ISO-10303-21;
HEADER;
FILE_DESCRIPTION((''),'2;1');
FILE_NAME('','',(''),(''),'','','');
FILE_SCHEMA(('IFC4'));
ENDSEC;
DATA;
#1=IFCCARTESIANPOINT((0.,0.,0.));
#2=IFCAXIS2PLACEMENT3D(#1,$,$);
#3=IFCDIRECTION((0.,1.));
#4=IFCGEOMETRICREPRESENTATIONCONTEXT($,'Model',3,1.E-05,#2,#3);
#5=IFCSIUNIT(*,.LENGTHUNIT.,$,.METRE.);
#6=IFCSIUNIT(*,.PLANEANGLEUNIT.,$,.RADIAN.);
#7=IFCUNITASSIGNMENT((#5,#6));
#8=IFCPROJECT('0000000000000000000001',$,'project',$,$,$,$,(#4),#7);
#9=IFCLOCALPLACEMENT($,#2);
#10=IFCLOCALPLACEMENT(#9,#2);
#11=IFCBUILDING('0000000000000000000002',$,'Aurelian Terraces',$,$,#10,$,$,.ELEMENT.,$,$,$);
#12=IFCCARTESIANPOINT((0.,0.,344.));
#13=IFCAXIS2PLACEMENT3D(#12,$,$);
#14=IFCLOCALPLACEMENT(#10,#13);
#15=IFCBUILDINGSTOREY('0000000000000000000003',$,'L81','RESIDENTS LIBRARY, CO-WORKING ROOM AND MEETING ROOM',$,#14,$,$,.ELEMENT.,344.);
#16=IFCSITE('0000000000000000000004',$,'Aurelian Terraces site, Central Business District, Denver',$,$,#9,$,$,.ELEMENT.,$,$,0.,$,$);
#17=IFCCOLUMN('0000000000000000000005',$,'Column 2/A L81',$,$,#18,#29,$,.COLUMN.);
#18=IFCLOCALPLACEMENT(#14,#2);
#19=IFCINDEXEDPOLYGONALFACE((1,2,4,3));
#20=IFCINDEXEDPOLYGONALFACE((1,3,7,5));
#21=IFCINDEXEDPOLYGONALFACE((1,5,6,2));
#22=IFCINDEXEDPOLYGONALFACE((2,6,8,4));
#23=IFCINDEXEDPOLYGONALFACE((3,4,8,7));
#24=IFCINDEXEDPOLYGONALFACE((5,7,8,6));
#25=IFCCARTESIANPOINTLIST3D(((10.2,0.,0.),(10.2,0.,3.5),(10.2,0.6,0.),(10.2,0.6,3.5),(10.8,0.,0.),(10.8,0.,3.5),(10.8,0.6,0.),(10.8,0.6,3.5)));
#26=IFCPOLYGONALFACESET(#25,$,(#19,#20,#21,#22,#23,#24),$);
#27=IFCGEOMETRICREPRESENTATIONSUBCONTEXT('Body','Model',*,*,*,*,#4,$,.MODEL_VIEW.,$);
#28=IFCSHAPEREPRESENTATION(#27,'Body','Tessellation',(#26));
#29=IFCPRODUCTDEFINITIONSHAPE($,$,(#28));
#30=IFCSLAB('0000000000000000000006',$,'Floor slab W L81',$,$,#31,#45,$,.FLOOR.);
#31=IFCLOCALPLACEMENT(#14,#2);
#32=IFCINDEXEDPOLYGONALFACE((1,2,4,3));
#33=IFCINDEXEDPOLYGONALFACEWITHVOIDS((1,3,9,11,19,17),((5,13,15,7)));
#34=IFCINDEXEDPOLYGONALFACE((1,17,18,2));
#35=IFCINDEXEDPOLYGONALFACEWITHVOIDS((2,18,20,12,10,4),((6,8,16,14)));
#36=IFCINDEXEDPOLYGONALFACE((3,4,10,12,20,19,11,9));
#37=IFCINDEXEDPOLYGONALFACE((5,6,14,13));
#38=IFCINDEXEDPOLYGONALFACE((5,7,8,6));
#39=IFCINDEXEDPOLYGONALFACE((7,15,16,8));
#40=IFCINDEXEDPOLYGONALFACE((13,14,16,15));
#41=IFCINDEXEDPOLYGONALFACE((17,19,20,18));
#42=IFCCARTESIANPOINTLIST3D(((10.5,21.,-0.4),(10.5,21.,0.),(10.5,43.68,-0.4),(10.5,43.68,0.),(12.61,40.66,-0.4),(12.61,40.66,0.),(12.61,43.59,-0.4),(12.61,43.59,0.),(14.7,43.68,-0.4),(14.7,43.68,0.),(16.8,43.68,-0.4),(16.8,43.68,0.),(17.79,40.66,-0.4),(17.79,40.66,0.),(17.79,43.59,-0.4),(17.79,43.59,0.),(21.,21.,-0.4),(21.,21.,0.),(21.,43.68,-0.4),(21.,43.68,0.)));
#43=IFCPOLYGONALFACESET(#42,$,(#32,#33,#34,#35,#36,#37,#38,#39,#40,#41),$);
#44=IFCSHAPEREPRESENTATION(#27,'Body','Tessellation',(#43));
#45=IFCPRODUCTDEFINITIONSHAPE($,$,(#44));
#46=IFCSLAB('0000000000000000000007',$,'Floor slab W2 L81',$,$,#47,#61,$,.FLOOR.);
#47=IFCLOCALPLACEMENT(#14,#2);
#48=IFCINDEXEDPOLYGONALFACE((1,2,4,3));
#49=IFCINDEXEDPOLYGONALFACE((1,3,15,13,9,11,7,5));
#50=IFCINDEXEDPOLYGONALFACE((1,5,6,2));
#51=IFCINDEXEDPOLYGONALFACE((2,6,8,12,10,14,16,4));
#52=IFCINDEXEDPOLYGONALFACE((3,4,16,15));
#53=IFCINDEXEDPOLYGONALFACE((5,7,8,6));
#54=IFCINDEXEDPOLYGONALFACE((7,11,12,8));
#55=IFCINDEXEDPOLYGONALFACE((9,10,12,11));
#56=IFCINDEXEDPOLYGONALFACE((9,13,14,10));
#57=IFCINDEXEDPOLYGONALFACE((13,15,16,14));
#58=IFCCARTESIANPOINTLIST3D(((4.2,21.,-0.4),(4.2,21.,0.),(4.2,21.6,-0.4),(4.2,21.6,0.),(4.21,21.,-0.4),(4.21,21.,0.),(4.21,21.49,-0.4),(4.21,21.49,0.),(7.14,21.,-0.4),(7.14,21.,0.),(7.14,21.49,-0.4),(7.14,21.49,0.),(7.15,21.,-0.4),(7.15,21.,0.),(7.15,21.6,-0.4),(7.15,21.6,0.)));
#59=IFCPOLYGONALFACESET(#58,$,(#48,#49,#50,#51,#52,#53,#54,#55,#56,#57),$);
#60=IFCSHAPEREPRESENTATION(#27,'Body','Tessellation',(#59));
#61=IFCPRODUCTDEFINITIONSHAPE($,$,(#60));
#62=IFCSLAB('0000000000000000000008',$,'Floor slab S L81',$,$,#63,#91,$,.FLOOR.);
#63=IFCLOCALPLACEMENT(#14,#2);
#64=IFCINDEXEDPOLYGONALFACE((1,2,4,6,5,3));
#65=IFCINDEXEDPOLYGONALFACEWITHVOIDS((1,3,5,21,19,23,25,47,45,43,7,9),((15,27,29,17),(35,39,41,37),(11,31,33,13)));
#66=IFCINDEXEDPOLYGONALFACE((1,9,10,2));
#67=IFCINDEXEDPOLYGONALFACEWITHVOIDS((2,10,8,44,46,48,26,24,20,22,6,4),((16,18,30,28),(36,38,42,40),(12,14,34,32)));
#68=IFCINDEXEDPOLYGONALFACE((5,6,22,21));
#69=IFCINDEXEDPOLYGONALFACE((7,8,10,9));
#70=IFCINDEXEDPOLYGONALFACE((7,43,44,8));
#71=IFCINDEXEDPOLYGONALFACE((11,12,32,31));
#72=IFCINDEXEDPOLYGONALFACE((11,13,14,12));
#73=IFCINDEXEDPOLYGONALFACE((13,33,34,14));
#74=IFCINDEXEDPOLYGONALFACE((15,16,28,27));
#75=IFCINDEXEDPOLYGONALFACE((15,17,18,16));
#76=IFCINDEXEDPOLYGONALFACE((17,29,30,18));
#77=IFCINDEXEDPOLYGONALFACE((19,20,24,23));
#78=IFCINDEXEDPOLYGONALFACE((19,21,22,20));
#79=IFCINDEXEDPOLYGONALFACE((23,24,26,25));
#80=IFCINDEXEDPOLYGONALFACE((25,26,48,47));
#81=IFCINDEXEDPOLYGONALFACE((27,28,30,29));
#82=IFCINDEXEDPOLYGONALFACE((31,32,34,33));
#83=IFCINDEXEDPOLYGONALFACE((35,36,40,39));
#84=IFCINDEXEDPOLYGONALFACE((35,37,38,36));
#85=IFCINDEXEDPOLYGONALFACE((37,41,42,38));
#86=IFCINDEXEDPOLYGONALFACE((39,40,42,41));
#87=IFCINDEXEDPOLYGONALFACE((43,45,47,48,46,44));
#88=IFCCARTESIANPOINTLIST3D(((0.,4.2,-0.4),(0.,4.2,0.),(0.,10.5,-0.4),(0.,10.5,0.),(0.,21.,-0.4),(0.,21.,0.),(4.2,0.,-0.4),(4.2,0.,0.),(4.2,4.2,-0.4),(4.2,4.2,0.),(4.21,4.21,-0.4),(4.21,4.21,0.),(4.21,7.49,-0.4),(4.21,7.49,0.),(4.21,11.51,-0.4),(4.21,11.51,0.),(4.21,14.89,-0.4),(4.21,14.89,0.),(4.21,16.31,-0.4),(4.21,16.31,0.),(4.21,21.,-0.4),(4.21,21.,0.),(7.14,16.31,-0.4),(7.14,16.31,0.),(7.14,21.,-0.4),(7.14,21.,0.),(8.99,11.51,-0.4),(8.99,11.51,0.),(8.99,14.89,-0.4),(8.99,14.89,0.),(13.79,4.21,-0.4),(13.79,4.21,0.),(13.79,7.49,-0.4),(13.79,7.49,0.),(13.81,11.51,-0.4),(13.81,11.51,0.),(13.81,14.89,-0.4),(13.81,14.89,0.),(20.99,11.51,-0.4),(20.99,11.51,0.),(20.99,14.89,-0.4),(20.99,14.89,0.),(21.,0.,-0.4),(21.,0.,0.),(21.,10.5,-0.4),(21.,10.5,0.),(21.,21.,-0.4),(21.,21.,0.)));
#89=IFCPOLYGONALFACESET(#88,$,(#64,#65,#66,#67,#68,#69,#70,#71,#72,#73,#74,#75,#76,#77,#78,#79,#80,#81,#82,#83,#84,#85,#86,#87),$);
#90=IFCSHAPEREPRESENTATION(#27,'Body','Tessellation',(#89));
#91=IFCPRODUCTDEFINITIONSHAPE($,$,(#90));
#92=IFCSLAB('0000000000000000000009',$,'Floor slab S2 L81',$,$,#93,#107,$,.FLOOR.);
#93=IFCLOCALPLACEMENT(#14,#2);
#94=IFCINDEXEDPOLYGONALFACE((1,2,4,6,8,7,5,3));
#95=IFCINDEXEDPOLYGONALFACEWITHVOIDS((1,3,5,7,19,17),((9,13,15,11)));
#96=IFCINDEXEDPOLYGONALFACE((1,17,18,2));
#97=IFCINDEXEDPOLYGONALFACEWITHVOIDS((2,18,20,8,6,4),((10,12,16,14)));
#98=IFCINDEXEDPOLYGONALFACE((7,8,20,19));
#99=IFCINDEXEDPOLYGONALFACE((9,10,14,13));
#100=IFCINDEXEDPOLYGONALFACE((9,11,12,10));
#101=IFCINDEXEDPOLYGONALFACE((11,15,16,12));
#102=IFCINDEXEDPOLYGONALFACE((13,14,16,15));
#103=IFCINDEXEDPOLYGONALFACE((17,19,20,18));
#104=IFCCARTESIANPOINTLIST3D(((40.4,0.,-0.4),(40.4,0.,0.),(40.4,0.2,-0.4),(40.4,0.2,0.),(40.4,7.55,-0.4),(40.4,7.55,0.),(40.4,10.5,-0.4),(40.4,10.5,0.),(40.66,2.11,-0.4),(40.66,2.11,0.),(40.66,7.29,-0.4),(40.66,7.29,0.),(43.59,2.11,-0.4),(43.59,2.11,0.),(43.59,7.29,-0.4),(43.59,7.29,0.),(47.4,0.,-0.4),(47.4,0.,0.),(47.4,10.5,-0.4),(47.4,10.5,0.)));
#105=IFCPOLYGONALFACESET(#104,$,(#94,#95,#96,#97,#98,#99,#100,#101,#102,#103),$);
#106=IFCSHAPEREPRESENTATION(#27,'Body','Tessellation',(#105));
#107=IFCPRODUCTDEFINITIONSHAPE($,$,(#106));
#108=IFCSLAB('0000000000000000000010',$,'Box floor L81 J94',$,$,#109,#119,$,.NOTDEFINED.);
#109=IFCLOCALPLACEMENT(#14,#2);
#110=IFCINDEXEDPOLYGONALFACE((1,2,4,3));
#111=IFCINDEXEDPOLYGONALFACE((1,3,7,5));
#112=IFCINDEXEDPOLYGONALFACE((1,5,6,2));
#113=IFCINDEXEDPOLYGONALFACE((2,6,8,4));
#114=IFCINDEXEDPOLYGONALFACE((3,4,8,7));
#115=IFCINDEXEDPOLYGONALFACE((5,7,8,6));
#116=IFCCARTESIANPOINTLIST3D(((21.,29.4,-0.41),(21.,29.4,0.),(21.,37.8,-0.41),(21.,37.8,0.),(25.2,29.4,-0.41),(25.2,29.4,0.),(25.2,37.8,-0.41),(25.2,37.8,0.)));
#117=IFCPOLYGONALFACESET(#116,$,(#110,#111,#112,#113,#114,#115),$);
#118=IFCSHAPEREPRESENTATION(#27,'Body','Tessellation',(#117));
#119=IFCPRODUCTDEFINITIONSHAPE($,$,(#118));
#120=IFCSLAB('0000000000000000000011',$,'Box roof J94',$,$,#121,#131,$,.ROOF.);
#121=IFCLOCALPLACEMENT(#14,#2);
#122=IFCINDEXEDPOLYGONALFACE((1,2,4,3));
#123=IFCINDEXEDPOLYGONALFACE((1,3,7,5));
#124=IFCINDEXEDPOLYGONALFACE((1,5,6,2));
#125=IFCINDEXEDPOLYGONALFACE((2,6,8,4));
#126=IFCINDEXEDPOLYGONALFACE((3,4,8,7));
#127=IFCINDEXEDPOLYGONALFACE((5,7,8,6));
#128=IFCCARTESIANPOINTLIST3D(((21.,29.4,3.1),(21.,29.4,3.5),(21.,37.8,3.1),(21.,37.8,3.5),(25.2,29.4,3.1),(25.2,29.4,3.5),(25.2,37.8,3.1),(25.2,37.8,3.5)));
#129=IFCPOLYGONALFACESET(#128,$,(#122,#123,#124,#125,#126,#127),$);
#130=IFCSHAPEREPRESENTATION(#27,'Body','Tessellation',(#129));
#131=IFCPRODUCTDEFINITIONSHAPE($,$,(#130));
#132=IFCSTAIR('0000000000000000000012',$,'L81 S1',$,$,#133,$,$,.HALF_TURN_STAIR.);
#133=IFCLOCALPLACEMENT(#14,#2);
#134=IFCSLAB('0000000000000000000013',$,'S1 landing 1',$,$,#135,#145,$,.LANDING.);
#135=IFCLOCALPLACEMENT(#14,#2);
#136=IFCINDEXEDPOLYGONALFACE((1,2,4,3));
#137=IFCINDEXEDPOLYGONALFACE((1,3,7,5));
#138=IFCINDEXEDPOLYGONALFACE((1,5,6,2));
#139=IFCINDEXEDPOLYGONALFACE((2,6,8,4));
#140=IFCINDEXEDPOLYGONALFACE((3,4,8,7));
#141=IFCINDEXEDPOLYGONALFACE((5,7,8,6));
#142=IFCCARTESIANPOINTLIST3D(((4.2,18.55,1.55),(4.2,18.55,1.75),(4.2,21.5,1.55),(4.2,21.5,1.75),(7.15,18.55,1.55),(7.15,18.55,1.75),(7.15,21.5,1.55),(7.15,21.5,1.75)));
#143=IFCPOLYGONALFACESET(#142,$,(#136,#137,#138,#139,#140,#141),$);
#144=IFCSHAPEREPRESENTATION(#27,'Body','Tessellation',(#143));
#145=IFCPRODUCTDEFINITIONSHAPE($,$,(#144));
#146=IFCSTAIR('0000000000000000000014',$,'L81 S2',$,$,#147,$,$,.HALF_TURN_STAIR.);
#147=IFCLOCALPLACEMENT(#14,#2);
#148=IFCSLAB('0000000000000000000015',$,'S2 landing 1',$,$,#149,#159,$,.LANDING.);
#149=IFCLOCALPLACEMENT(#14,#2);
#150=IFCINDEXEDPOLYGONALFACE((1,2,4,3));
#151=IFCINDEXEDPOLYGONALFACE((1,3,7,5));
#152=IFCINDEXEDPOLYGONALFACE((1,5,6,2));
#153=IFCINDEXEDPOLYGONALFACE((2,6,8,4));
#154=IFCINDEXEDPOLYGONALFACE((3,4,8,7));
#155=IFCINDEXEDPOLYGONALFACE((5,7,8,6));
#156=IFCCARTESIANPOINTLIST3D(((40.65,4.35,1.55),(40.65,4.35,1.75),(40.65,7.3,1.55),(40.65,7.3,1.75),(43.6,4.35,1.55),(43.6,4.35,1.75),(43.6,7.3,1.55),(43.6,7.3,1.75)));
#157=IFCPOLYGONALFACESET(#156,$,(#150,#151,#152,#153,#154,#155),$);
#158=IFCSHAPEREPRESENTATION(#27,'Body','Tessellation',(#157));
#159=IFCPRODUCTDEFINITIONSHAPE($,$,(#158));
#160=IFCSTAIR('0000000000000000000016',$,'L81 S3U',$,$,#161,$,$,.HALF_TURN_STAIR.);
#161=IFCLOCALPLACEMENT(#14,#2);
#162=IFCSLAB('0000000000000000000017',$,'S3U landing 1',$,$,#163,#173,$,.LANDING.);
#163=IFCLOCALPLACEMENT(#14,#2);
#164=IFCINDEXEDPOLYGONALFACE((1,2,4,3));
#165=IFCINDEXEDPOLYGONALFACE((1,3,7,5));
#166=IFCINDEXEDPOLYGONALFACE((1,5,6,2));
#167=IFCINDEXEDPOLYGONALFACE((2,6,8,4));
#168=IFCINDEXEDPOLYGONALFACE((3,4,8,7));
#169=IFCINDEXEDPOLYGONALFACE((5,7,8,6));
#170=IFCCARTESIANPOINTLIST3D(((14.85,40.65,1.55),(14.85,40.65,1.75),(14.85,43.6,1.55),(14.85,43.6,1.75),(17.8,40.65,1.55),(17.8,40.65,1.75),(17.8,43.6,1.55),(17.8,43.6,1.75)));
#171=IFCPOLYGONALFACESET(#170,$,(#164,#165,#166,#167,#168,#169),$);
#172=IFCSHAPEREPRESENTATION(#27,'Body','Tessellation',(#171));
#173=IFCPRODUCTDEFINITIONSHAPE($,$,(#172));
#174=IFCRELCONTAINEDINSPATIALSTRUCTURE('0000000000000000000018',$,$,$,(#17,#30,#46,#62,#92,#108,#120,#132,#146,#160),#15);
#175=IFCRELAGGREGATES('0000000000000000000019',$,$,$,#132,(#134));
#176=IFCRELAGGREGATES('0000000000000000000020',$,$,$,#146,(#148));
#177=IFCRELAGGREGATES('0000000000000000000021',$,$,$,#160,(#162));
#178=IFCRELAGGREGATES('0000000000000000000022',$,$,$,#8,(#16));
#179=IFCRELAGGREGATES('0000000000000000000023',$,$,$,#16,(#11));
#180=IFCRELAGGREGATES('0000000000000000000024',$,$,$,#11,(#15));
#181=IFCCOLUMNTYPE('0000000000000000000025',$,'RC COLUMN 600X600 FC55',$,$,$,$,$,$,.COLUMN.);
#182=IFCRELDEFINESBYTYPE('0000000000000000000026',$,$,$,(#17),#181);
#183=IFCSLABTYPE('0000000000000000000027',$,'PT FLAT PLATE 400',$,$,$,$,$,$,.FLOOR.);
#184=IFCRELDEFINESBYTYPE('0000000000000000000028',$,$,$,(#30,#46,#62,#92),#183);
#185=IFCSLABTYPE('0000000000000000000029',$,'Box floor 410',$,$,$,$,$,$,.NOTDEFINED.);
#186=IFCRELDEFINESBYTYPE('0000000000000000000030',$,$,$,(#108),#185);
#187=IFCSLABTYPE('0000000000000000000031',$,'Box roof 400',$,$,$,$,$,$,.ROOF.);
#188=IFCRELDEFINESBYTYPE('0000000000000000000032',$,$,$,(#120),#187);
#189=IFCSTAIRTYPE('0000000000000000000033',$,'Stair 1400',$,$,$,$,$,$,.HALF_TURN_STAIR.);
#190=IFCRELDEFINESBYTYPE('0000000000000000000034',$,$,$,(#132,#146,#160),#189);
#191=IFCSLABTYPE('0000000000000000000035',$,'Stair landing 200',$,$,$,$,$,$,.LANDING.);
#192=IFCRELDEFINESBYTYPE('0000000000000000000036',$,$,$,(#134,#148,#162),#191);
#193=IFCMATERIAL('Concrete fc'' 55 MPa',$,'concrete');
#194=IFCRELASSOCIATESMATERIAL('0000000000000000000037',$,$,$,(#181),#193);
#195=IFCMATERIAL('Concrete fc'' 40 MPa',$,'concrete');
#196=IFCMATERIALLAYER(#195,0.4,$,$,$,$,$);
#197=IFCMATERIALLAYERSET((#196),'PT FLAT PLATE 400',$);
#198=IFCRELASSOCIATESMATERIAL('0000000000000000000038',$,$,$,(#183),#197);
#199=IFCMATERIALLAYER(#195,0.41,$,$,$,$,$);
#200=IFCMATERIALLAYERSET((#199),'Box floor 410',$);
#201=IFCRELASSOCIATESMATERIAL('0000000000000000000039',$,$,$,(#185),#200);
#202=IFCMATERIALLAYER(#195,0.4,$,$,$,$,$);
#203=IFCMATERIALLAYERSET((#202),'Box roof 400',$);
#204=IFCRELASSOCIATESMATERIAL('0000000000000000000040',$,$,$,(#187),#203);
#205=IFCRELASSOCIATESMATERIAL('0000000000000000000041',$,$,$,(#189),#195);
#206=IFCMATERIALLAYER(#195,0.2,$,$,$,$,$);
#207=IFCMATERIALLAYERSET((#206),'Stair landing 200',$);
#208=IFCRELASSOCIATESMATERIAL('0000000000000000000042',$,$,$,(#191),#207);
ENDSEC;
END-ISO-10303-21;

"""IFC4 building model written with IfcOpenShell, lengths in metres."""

from ifc_helpers import new_model, si_unit, direction, frame, origin, origin_2d, place, context, subcontext, project, spatial, polyline, rectangle, outline, extrude, source, transform, mapped, material, layer, layer_set, material_profile, profile_set, type_object, element, aggregate, save


model = new_model("IFC4")

# Units and contexts
model_context = context("Model", 3, precision=1e-05, world=origin(), true_north=direction((0.0, 1.0)))
body_context = subcontext(model_context, "Body", "Model", "MODEL_VIEW")
ifc_project = project(units=[si_unit("LENGTHUNIT", "METRE"), si_unit("PLANEANGLEUNIT", "RADIAN")], contexts=[model_context])

# Site, building, storey
site_placement = place(None, origin())
site = spatial("IfcSite", under=ifc_project, at=site_placement, Name="Aurelian Terraces site, Central Business District, Denver", CompositionType="ELEMENT", RefElevation=0.0)
building_placement = place(site_placement, origin())
building = spatial("IfcBuilding", under=site, at=building_placement, Name="Aurelian Terraces", CompositionType="ELEMENT")
storey_placement = place(building_placement, frame((0.0, 0.0, 344.0)))
storey = spatial("IfcBuildingStorey", under=building, at=storey_placement, Name="L81", Description="RESIDENTS LIBRARY, CO-WORKING ROOM AND MEETING ROOM", CompositionType="ELEMENT", Elevation=344.0)

# Column
ifc_material_1 = material(Name="Concrete fc' 55 MPa", Category="concrete")
ifc_material_profile = material_profile(ifc_material_1, rectangle(XDim=0.6, YDim=0.6, at=origin_2d()))
ifc_profile_set = profile_set([ifc_material_profile], Name="Concrete fc' 55 MPa")
column_type = type_object("IfcColumnType", Name="RC COLUMN 600X600 FC55", PredefinedType="COLUMN", material=ifc_profile_set)
shared_shape_1 = source(origin(), body_context, "Body", "SweptSolid", [
    extrude(rectangle(XDim=0.6, YDim=0.6, at=origin_2d()), origin(), (0.0, 0.0, 1.0), 3.5),
])
column_placement = place(storey_placement, frame((10.5, 0.3, 0.0), z_axis=(0.0, 0.0, 1.0), x_axis=(1.0, 0.0, 0.0)))
element("IfcColumn", 1, at=column_placement, inside=storey, type_object=column_type, Name="Column 2/A L81", PredefinedType="COLUMN", context=body_context, shape_type="MappedRepresentation", body=[
    mapped(shared_shape_1, transform((0.0, 0.0, 0.0), scale=1.0)),
])

# Slabs
ifc_material_2 = material(Name="Concrete fc' 40 MPa", Category="concrete")
ifc_layer_1 = layer(ifc_material_2, 0.4)
ifc_layer_set_1 = layer_set([ifc_layer_1], Name="PT FLAT PLATE 400")
slab_type_1 = type_object("IfcSlabType", Name="PT FLAT PLATE 400", PredefinedType="FLOOR", material=ifc_layer_set_1)
shared_shape_2 = source(origin(), body_context, "Body", "SweptSolid", [
    extrude(outline(polyline([(10.5, 43.68), (14.7, 43.68), (16.8, 43.68), (21.0, 43.68), (21.0, 21.0), (10.5, 21.0), (10.5, 43.68)]), holes=[polyline([(17.79, 43.59), (12.61, 43.59), (12.61, 40.66), (17.79, 40.66), (17.79, 43.59)])]), origin(), (0.0, 0.0, 1.0), 0.4),
])
slab_1_placement = place(storey_placement, frame((0.0, 0.0, -0.4)))
element("IfcSlab", 2, at=slab_1_placement, inside=storey, type_object=slab_type_1, Name="Floor slab W L81", PredefinedType="FLOOR", context=body_context, shape_type="MappedRepresentation", body=[
    mapped(shared_shape_2, transform((0.0, 0.0, 0.0), scale=1.0)),
])
shared_shape_3 = source(origin(), body_context, "Body", "SweptSolid", [
    extrude(outline(polyline([(4.2, 21.0), (4.2, 21.6), (7.15, 21.6), (7.15, 21.0), (7.14, 21.0), (7.14, 21.49), (4.21, 21.49), (4.21, 21.0), (4.2, 21.0)])), origin(), (0.0, 0.0, 1.0), 0.4),
])
slab_2_placement = place(storey_placement, frame((0.0, 0.0, -0.4)))
element("IfcSlab", 3, at=slab_2_placement, inside=storey, type_object=slab_type_1, Name="Floor slab W2 L81", PredefinedType="FLOOR", context=body_context, shape_type="MappedRepresentation", body=[
    mapped(shared_shape_3, transform((0.0, 0.0, 0.0), scale=1.0)),
])
shared_shape_4 = source(origin(), body_context, "Body", "SweptSolid", [
    extrude(outline(polyline([(0.0, 4.2), (0.0, 10.5), (0.0, 21.0), (4.21, 21.0), (4.21, 16.31), (7.14, 16.31), (7.14, 21.0), (21.0, 21.0), (21.0, 10.5), (21.0, 0.0), (4.2, 0.0), (4.2, 4.2), (0.0, 4.2)]), holes=[polyline([(13.81, 14.89), (13.81, 11.51), (20.99, 11.51), (20.99, 14.89), (13.81, 14.89)]), polyline([(4.21, 7.49), (4.21, 4.21), (13.79, 4.21), (13.79, 7.49), (4.21, 7.49)]), polyline([(8.99, 11.51), (8.99, 14.89), (4.21, 14.89), (4.21, 11.51), (8.99, 11.51)])]), origin(), (0.0, 0.0, 1.0), 0.4),
])
slab_3_placement = place(storey_placement, frame((0.0, 0.0, -0.4)))
element("IfcSlab", 4, at=slab_3_placement, inside=storey, type_object=slab_type_1, Name="Floor slab S L81", PredefinedType="FLOOR", context=body_context, shape_type="MappedRepresentation", body=[
    mapped(shared_shape_4, transform((0.0, 0.0, 0.0), scale=1.0)),
])
shared_shape_5 = source(origin(), body_context, "Body", "SweptSolid", [
    extrude(outline(polyline([(40.4, 10.5), (47.4, 10.5), (47.4, 0.0), (40.4, 0.0), (40.4, 0.2), (40.4, 7.55), (40.4, 10.5)]), holes=[polyline([(40.66, 2.11), (43.59, 2.11), (43.59, 7.29), (40.66, 7.29), (40.66, 2.11)])]), origin(), (0.0, 0.0, 1.0), 0.4),
])
slab_4_placement = place(storey_placement, frame((0.0, 0.0, -0.4)))
element("IfcSlab", 5, at=slab_4_placement, inside=storey, type_object=slab_type_1, Name="Floor slab S2 L81", PredefinedType="FLOOR", context=body_context, shape_type="MappedRepresentation", body=[
    mapped(shared_shape_5, transform((0.0, 0.0, 0.0), scale=1.0)),
])
ifc_layer_2 = layer(ifc_material_2, 0.41)
ifc_layer_set_2 = layer_set([ifc_layer_2], Name="Box floor 410")
slab_type_2 = type_object("IfcSlabType", Name="Box floor 410", PredefinedType="NOTDEFINED", material=ifc_layer_set_2)
shared_shape_6 = source(origin(), body_context, "Body", "SweptSolid", [
    extrude(outline(polyline([(25.2, 29.4), (25.2, 37.8), (21.0, 37.8), (21.0, 29.4), (25.2, 29.4)])), origin(), (0.0, 0.0, 1.0), 0.41),
])
slab_5_placement = place(storey_placement, frame((0.0, 0.0, -0.41)))
element("IfcSlab", 6, at=slab_5_placement, inside=storey, type_object=slab_type_2, Name="Box floor L81 J94", PredefinedType="NOTDEFINED", context=body_context, shape_type="MappedRepresentation", body=[
    mapped(shared_shape_6, transform((0.0, 0.0, 0.0), scale=1.0)),
])
ifc_layer_3 = layer(ifc_material_2, 0.4)
ifc_layer_set_3 = layer_set([ifc_layer_3], Name="Box roof 400")
slab_type_3 = type_object("IfcSlabType", Name="Box roof 400", PredefinedType="ROOF", material=ifc_layer_set_3)
shared_shape_7 = source(origin(), body_context, "Body", "SweptSolid", [
    extrude(outline(polyline([(25.2, 29.4), (25.2, 37.8), (21.0, 37.8), (21.0, 29.4), (25.2, 29.4)])), origin(), (0.0, 0.0, 1.0), 0.4),
])
slab_6_placement = place(storey_placement, frame((0.0, 0.0, 3.1)))
element("IfcSlab", 7, at=slab_6_placement, inside=storey, type_object=slab_type_3, Name="Box roof J94", PredefinedType="ROOF", context=body_context, shape_type="MappedRepresentation", body=[
    mapped(shared_shape_7, transform((0.0, 0.0, 0.0), scale=1.0)),
])

# Stairs, slabs
stair_type = type_object("IfcStairType", Name="Stair 1400", PredefinedType="HALF_TURN_STAIR", material=ifc_material_2)
stair_1_placement = place(storey_placement, origin())
stair_1 = element("IfcStair", 8, at=stair_1_placement, inside=storey, type_object=stair_type, Name="L81 S1", PredefinedType="HALF_TURN_STAIR")
ifc_layer_4 = layer(ifc_material_2, 0.2)
ifc_layer_set_4 = layer_set([ifc_layer_4], Name="Stair landing 200")
slab_type_4 = type_object("IfcSlabType", Name="Stair landing 200", PredefinedType="LANDING", material=ifc_layer_set_4)
shared_shape_8 = source(origin(), body_context, "Body", "SweptSolid", [
    extrude(outline(polyline([(7.15, 18.55), (7.15, 21.5), (4.2, 21.5), (4.2, 18.55), (7.15, 18.55)])), origin(), (0.0, 0.0, 1.0), 0.2),
])
slab_7_placement = place(storey_placement, frame((0.0, 0.0, 1.55)))
slab_7 = element("IfcSlab", 9, at=slab_7_placement, type_object=slab_type_4, Name="S1 landing 1", PredefinedType="LANDING", context=body_context, shape_type="MappedRepresentation", body=[
    mapped(shared_shape_8, transform((0.0, 0.0, 0.0), scale=1.0)),
])
aggregate(stair_1, [slab_7])
stair_2_placement = place(storey_placement, origin())
stair_2 = element("IfcStair", 10, at=stair_2_placement, inside=storey, type_object=stair_type, Name="L81 S2", PredefinedType="HALF_TURN_STAIR")
shared_shape_9 = source(origin(), body_context, "Body", "SweptSolid", [
    extrude(outline(polyline([(43.6, 4.35), (43.6, 7.3), (40.65, 7.3), (40.65, 4.35), (43.6, 4.35)])), origin(), (0.0, 0.0, 1.0), 0.2),
])
slab_8_placement = place(storey_placement, frame((0.0, 0.0, 1.55)))
slab_8 = element("IfcSlab", 11, at=slab_8_placement, type_object=slab_type_4, Name="S2 landing 1", PredefinedType="LANDING", context=body_context, shape_type="MappedRepresentation", body=[
    mapped(shared_shape_9, transform((0.0, 0.0, 0.0), scale=1.0)),
])
aggregate(stair_2, [slab_8])
stair_3_placement = place(storey_placement, origin())
stair_3 = element("IfcStair", 12, at=stair_3_placement, inside=storey, type_object=stair_type, Name="L81 S3U", PredefinedType="HALF_TURN_STAIR")
shared_shape_10 = source(origin(), body_context, "Body", "SweptSolid", [
    extrude(outline(polyline([(14.85, 40.65), (17.8, 40.65), (17.8, 43.6), (14.85, 43.6), (14.85, 40.65)])), origin(), (0.0, 0.0, 1.0), 0.2),
])
slab_9_placement = place(storey_placement, frame((0.0, 0.0, 1.55)))
slab_9 = element("IfcSlab", 13, at=slab_9_placement, type_object=slab_type_4, Name="S3U landing 1", PredefinedType="LANDING", context=body_context, shape_type="MappedRepresentation", body=[
    mapped(shared_shape_10, transform((0.0, 0.0, 0.0), scale=1.0)),
])
aggregate(stair_3, [slab_9])

save(model, "model.ifc")
